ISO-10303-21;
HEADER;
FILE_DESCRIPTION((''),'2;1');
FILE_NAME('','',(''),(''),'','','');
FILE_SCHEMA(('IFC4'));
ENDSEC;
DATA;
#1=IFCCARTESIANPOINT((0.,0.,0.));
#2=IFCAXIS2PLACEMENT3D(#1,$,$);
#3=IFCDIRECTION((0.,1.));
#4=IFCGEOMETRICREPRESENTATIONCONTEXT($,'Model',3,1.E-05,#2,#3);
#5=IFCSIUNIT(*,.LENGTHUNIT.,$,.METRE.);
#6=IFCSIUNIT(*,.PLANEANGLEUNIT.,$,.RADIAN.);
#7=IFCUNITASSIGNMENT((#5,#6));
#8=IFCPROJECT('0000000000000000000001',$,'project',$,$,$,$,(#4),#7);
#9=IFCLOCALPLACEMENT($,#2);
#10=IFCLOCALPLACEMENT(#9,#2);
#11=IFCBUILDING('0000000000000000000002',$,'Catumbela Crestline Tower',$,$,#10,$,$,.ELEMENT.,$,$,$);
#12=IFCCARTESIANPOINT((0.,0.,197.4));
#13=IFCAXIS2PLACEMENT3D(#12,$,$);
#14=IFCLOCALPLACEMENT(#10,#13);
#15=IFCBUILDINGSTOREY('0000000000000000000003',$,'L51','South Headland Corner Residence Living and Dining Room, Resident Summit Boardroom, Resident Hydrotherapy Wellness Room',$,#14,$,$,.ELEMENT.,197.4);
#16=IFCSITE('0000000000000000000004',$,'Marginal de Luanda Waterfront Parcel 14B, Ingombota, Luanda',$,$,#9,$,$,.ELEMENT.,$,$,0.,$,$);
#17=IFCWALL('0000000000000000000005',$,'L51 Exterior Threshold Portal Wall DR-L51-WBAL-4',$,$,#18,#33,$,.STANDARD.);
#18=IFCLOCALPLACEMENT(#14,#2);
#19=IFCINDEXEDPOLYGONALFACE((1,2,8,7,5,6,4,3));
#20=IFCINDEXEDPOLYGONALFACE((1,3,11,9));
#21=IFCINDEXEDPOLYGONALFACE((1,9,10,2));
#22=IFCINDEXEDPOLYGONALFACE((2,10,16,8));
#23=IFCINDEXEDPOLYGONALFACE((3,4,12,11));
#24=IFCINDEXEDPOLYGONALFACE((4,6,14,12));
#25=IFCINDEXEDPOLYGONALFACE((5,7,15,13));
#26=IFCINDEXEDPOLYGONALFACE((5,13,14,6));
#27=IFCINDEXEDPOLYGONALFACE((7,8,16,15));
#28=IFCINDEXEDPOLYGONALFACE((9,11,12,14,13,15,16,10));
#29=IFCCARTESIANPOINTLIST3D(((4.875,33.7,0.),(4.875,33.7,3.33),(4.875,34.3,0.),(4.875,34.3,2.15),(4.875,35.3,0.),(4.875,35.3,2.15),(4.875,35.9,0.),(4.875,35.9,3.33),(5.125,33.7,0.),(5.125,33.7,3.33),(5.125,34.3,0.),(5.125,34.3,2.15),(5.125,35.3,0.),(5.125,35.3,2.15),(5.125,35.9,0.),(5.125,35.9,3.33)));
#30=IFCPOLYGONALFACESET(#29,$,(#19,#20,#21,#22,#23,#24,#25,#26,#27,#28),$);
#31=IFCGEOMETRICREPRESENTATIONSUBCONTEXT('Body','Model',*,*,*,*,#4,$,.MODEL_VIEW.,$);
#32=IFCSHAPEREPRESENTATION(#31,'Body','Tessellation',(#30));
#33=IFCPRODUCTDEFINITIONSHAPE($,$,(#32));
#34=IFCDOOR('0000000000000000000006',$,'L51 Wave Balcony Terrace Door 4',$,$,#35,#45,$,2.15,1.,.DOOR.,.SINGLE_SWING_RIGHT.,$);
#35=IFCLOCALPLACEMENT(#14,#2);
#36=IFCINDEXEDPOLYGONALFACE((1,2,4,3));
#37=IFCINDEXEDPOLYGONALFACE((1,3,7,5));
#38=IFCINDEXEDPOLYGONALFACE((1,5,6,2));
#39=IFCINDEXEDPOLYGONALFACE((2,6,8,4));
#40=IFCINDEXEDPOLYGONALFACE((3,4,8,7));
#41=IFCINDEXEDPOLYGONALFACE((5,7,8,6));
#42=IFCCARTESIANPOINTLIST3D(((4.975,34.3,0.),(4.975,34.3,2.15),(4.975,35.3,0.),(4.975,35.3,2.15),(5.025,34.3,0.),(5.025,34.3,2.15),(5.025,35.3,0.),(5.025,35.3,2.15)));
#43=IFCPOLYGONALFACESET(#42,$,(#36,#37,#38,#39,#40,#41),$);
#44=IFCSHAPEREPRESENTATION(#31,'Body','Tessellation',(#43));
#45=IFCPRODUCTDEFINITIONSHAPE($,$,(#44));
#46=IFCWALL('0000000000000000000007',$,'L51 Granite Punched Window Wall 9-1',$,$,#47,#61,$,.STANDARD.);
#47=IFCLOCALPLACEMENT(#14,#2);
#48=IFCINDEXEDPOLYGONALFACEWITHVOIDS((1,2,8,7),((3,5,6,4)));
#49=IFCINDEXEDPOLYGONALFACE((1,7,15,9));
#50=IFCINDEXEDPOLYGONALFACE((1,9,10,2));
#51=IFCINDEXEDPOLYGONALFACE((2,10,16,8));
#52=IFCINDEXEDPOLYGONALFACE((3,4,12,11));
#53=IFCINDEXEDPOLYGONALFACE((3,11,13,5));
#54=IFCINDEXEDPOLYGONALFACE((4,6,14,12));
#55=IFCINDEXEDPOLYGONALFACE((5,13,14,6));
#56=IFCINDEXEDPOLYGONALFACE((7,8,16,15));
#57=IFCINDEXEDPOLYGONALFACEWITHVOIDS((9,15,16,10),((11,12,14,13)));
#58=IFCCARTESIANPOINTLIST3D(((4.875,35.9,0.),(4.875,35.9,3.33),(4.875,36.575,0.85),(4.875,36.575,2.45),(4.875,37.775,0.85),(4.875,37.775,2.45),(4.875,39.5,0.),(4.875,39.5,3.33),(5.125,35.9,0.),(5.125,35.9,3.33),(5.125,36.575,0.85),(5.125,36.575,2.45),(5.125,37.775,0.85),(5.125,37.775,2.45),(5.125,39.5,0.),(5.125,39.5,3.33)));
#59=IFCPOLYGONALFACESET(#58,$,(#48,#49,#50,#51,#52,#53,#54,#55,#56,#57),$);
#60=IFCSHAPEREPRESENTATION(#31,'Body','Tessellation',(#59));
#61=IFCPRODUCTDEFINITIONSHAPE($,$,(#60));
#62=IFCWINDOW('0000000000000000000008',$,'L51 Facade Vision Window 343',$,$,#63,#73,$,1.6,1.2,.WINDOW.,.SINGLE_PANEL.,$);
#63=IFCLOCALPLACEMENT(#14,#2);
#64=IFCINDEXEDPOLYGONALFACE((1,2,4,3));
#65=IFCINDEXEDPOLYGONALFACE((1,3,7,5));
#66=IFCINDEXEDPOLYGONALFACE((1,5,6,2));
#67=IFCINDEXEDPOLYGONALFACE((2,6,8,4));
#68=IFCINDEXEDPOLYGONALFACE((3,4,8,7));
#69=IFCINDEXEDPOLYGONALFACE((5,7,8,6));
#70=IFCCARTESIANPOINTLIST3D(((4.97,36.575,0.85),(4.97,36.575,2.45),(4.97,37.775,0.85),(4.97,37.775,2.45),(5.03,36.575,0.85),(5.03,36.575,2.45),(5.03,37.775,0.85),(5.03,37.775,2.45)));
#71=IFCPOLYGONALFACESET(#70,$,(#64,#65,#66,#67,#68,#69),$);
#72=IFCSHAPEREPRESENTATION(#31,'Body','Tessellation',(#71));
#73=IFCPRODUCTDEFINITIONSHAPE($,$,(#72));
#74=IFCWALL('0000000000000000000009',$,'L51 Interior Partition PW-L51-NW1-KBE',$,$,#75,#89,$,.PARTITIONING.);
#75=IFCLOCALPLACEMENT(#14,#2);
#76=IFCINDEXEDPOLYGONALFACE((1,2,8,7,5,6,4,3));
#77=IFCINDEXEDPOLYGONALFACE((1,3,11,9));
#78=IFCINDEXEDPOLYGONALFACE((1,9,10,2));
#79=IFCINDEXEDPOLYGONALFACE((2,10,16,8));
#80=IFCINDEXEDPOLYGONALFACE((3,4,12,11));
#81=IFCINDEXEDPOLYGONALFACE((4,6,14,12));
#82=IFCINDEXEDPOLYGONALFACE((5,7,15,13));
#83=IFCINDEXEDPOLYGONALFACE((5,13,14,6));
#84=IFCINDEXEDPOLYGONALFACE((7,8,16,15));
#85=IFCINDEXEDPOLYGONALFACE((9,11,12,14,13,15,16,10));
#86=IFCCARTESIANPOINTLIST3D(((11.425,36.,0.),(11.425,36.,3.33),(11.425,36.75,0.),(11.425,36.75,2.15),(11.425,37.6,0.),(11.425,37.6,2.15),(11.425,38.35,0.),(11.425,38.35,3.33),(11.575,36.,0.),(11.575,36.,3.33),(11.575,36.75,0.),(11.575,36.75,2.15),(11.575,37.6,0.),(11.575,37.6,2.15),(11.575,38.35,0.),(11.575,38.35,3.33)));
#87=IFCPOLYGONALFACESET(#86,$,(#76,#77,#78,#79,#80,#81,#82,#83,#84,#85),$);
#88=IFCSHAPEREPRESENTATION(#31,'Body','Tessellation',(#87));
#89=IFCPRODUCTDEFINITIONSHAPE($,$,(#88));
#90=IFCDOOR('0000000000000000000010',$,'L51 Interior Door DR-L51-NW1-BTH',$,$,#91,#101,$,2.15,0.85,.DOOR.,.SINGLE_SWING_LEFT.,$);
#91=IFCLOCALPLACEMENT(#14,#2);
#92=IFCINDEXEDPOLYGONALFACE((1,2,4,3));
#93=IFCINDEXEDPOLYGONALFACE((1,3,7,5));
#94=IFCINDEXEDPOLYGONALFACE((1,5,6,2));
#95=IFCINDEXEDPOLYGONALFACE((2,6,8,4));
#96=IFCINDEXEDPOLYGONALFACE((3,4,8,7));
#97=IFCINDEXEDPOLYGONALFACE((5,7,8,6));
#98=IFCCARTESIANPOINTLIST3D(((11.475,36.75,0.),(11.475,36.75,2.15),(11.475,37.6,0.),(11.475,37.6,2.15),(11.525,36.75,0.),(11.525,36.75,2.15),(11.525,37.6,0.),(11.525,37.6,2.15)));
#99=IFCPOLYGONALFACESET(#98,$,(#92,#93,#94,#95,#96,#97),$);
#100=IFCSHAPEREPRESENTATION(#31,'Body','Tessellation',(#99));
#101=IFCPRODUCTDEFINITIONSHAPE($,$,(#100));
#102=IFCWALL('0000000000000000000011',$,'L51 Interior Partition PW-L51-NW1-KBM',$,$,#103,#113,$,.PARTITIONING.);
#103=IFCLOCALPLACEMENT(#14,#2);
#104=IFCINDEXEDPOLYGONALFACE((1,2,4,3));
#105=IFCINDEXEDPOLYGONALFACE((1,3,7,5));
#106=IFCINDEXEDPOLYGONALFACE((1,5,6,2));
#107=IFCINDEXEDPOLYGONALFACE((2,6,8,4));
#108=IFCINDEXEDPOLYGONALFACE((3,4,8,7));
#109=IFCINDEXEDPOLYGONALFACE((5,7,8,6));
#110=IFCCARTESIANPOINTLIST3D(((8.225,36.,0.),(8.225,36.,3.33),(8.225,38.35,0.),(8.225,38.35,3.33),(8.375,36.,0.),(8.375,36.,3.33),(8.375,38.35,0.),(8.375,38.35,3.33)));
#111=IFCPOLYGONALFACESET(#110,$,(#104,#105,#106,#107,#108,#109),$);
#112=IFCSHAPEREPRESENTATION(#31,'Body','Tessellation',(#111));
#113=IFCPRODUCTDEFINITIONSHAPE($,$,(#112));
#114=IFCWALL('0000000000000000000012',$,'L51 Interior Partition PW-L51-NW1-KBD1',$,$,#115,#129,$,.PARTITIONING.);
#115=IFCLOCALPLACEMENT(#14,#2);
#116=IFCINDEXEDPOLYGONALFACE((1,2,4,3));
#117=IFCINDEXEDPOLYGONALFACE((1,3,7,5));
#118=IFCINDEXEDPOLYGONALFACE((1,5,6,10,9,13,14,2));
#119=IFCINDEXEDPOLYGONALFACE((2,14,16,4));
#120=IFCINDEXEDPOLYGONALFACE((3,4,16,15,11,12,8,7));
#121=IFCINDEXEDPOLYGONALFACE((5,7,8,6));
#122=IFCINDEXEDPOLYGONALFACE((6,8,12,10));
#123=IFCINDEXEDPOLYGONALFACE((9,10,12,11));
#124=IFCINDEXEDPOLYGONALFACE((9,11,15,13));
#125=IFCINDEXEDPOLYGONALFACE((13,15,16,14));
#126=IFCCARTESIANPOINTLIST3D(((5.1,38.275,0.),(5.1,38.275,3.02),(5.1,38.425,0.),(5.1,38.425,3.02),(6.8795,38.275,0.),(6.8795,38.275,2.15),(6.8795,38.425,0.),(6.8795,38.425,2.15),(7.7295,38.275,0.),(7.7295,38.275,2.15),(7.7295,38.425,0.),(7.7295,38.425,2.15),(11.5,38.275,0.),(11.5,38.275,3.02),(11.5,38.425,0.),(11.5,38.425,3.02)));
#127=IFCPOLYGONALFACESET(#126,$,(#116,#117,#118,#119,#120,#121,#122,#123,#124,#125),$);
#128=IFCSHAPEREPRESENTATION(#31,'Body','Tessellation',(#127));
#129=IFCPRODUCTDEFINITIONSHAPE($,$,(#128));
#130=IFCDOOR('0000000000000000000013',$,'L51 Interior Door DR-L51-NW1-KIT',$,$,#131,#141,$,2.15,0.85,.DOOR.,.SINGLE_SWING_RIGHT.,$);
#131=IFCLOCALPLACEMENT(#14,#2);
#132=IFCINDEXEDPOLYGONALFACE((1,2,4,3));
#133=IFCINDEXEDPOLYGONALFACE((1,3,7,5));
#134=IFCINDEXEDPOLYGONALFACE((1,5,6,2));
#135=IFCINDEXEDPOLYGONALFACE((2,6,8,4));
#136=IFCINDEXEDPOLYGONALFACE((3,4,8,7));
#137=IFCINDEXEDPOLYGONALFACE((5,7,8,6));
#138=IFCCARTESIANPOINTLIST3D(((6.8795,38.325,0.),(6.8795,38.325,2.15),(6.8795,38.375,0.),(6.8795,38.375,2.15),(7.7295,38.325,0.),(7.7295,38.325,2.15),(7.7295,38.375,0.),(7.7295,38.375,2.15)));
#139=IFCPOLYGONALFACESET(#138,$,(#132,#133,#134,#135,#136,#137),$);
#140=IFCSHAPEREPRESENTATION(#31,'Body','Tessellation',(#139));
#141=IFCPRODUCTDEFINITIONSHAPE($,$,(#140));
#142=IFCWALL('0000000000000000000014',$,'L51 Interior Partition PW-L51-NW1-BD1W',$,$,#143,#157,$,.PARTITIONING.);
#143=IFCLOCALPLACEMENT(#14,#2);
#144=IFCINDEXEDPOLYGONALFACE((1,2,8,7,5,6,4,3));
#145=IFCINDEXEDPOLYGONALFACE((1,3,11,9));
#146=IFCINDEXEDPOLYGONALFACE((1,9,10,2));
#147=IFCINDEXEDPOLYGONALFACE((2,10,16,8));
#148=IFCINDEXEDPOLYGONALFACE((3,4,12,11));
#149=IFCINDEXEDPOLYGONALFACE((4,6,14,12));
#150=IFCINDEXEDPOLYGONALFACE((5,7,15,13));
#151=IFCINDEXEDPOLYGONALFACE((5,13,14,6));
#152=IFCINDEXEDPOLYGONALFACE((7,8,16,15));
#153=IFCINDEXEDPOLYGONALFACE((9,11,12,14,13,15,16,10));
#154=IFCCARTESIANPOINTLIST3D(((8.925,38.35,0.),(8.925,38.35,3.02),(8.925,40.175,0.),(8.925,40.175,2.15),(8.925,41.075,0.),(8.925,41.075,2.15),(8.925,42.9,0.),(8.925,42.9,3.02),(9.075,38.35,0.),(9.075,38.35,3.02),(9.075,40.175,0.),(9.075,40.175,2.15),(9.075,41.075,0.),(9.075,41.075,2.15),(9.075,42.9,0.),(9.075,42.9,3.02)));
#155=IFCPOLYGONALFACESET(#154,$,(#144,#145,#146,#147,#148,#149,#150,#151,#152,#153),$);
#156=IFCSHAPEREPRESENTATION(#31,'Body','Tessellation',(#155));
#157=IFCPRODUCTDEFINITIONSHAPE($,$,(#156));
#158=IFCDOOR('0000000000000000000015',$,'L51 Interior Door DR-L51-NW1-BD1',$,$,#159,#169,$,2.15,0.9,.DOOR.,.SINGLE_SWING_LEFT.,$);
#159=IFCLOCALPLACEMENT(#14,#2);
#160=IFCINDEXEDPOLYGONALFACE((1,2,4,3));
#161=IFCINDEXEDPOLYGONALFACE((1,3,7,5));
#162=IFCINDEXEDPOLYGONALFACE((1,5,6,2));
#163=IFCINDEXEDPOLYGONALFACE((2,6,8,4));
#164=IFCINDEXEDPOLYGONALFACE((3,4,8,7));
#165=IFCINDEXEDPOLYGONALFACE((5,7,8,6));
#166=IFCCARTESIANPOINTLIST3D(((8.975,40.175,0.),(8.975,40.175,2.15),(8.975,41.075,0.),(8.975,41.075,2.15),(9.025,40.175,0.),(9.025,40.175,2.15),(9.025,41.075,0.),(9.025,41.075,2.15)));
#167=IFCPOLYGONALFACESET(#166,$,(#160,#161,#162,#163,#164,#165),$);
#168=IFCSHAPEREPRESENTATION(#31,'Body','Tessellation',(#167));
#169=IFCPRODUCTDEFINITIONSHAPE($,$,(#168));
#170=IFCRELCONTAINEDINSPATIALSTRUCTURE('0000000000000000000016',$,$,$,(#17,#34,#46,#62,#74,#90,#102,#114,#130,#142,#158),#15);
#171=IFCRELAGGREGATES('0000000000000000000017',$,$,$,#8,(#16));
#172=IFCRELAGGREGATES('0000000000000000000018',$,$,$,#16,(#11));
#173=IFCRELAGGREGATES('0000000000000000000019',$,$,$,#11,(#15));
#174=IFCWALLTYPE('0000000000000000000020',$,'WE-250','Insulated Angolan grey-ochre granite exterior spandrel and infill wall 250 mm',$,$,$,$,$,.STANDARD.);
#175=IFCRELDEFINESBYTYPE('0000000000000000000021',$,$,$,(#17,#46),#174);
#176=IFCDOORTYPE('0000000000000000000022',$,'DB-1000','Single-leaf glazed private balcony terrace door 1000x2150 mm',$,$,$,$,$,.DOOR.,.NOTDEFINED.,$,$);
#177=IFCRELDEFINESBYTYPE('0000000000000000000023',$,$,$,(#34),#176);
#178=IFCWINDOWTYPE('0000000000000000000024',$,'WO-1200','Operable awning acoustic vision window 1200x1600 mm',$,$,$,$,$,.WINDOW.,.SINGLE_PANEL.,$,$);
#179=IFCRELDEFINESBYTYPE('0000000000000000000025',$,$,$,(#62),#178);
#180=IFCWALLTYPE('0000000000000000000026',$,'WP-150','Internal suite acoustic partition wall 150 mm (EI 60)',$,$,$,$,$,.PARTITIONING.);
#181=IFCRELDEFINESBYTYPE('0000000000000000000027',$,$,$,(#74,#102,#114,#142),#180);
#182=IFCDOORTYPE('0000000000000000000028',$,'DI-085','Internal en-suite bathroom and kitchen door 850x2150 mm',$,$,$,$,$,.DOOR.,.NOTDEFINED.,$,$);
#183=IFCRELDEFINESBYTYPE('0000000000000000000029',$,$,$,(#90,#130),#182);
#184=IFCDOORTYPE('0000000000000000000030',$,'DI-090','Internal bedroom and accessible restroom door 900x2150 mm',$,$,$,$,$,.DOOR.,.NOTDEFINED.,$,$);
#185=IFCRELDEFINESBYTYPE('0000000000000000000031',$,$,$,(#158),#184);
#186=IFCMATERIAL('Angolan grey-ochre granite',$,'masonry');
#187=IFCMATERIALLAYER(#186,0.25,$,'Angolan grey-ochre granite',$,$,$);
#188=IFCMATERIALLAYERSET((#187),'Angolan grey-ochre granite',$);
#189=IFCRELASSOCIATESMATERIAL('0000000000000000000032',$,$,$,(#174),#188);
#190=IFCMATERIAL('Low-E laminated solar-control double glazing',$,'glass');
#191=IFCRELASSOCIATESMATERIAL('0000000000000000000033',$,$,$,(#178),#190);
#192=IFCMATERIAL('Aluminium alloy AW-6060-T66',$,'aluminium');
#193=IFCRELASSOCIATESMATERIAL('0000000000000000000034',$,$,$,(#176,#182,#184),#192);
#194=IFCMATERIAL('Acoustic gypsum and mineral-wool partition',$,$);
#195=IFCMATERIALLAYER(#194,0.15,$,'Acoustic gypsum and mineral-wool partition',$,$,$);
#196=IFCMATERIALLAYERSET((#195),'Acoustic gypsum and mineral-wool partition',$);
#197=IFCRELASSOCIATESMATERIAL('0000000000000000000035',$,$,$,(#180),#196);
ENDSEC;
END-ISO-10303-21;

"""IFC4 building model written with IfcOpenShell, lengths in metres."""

from ifc_helpers import new_model, si_unit, direction, frame, frame_2d, origin, place, context, subcontext, project, spatial, rectangle, extrude, material, layer, layer_set, type_object, element, fill, save


model = new_model("IFC4")

# Units and contexts
model_context = context("Model", 3, precision=1e-05, world=origin(), true_north=direction((0.0, 1.0)))
body_context = subcontext(model_context, "Body", "Model", "MODEL_VIEW")
ifc_project = project(units=[si_unit("LENGTHUNIT", "METRE"), si_unit("PLANEANGLEUNIT", "RADIAN")], contexts=[model_context])

# Site, building, storey
site_placement = place(None, origin())
site = spatial("IfcSite", under=ifc_project, at=site_placement, Name="Marginal de Luanda Waterfront Parcel 14B, Ingombota, Luanda", CompositionType="ELEMENT", RefElevation=0.0)
building_placement = place(site_placement, origin())
building = spatial("IfcBuilding", under=site, at=building_placement, Name="Catumbela Crestline Tower", CompositionType="ELEMENT")
storey_placement = place(building_placement, frame((0.0, 0.0, 197.4)))
storey = spatial("IfcBuildingStorey", under=building, at=storey_placement, Name="L51", Description="South Headland Corner Residence Living and Dining Room, Resident Summit Boardroom, Resident Hydrotherapy Wellness Room", CompositionType="ELEMENT", Elevation=197.4)

# Shared definitions
ifc_material_1 = material(Name="Aluminium alloy AW-6060-T66", Category="aluminium")

# Shared definitions
ifc_material_2 = material(Name="Low-E laminated solar-control double glazing", Category="glass")

# Shared definitions
ifc_material_3 = material(Name="Acoustic gypsum and mineral-wool partition")

# Shared definitions
ifc_material_4 = material(Name="Angolan grey-ochre granite", Category="masonry")
ifc_layer_1 = layer(ifc_material_4, 0.25, Name="Angolan grey-ochre granite")
ifc_layer_set_1 = layer_set([ifc_layer_1], Name="Angolan grey-ochre granite")
wall_type_1 = type_object("IfcWallType", Name="WE-250", Description="Insulated Angolan grey-ochre granite exterior spandrel and infill wall 250 mm", PredefinedType="STANDARD", material=ifc_layer_set_1)
window_type = type_object("IfcWindowType", Name="WO-1200", Description="Operable awning acoustic vision window 1200x1600 mm", PartitioningType="SINGLE_PANEL", PredefinedType="WINDOW", material=ifc_material_2)

# Wall, opening, door
wall_1_placement = place(storey_placement, frame((5.0, 35.9, 0.0), z_axis=(0.0, 0.0, 1.0), x_axis=(0.0, -1.0, 0.0)))
wall_1 = element("IfcWall", 1, at=wall_1_placement, inside=storey, type_object=wall_type_1, Name="L51 Exterior Threshold Portal Wall DR-L51-WBAL-4", PredefinedType="STANDARD", context=body_context, shape_type="SweptSolid", body=[
    extrude(rectangle(XDim=2.2, YDim=0.25, at=frame_2d((1.1, 0.0))), origin(), (0.0, 0.0, 1.0), 3.33),
])
opening_1_placement = place(wall_1_placement, frame((0.6, 0.0, 0.0)))
opening_1 = element("IfcOpeningElement", 2, at=opening_1_placement, cuts=wall_1, PredefinedType="OPENING", context=body_context, shape_type="SweptSolid", body=[
    extrude(rectangle(XDim=1.0, YDim=2.15, at=frame_2d((0.5, 1.075))), frame((0.0, 0.135, 0.0), z_axis=(0.0, -1.0, 0.0), x_axis=(1.0, 0.0, 0.0)), (0.0, 0.0, 1.0), 0.27),
])
door_type_1 = type_object("IfcDoorType", Name="DB-1000", Description="Single-leaf glazed private balcony terrace door 1000x2150 mm", OperationType="NOTDEFINED", PredefinedType="DOOR", material=ifc_material_1)
door_1_placement = place(opening_1_placement, origin())
door_1 = element("IfcDoor", 3, at=door_1_placement, inside=storey, type_object=door_type_1, Name="L51 Wave Balcony Terrace Door 4", OperationType="SINGLE_SWING_RIGHT", OverallHeight=2.15, OverallWidth=1.0, PredefinedType="DOOR", context=body_context, shape_type="SweptSolid", body=[
    extrude(rectangle(XDim=1.0, YDim=2.15, at=frame_2d((0.5, 1.075))), frame((0.0, 0.025, 0.0), z_axis=(0.0, -1.0, 0.0), x_axis=(1.0, 0.0, 0.0)), (0.0, 0.0, 1.0), 0.05),
])
fill(opening_1, door_1)

# Wall, opening, window
wall_2_placement = place(storey_placement, frame((5.0, 39.5, 0.0), z_axis=(0.0, 0.0, 1.0), x_axis=(0.0, -1.0, 0.0)))
wall_2 = element("IfcWall", 4, at=wall_2_placement, inside=storey, type_object=wall_type_1, Name="L51 Granite Punched Window Wall 9-1", PredefinedType="STANDARD", context=body_context, shape_type="SweptSolid", body=[
    extrude(rectangle(XDim=3.6, YDim=0.25, at=frame_2d((1.8, 0.0))), origin(), (0.0, 0.0, 1.0), 3.33),
])
opening_2_placement = place(wall_2_placement, frame((1.725, 0.0, 0.85)))
opening_2 = element("IfcOpeningElement", 5, at=opening_2_placement, cuts=wall_2, PredefinedType="OPENING", context=body_context, shape_type="SweptSolid", body=[
    extrude(rectangle(XDim=1.2, YDim=1.6, at=frame_2d((0.6, 0.8))), frame((0.0, 0.135, 0.0), z_axis=(0.0, -1.0, 0.0), x_axis=(1.0, 0.0, 0.0)), (0.0, 0.0, 1.0), 0.27),
])
window_1_placement = place(opening_2_placement, origin())
window_1 = element("IfcWindow", 6, at=window_1_placement, inside=storey, type_object=window_type, Name="L51 Facade Vision Window 343", OverallHeight=1.6, OverallWidth=1.2, PartitioningType="SINGLE_PANEL", PredefinedType="WINDOW", context=body_context, shape_type="SweptSolid", body=[
    extrude(rectangle(XDim=1.2, YDim=1.6, at=frame_2d((0.6, 0.8))), frame((0.0, 0.03, 0.0), z_axis=(0.0, -1.0, 0.0), x_axis=(1.0, 0.0, 0.0)), (0.0, 0.0, 1.0), 0.06),
])
fill(opening_2, window_1)

# Wall, opening, door
ifc_layer_2 = layer(ifc_material_3, 0.15, Name="Acoustic gypsum and mineral-wool partition")
ifc_layer_set_2 = layer_set([ifc_layer_2], Name="Acoustic gypsum and mineral-wool partition")
wall_type_2 = type_object("IfcWallType", Name="WP-150", Description="Internal suite acoustic partition wall 150 mm (EI 60)", PredefinedType="PARTITIONING", material=ifc_layer_set_2)
wall_3_placement = place(storey_placement, frame((11.5, 36.0, 0.0), z_axis=(0.0, 0.0, 1.0), x_axis=(0.0, 1.0, 0.0)))
wall_3 = element("IfcWall", 7, at=wall_3_placement, inside=storey, type_object=wall_type_2, Name="L51 Interior Partition PW-L51-NW1-KBE", PredefinedType="PARTITIONING", context=body_context, shape_type="SweptSolid", body=[
    extrude(rectangle(XDim=2.35, YDim=0.15, at=frame_2d((1.175, 0.0))), origin(), (0.0, 0.0, 1.0), 3.33),
])
opening_3_placement = place(wall_3_placement, frame((0.75, 0.0, 0.0)))
opening_3 = element("IfcOpeningElement", 8, at=opening_3_placement, cuts=wall_3, PredefinedType="OPENING", context=body_context, shape_type="SweptSolid", body=[
    extrude(rectangle(XDim=0.85, YDim=2.15, at=frame_2d((0.425, 1.075))), frame((0.0, 0.085, 0.0), z_axis=(0.0, -1.0, 0.0), x_axis=(1.0, 0.0, 0.0)), (0.0, 0.0, 1.0), 0.17),
])
door_type_2 = type_object("IfcDoorType", Name="DI-085", Description="Internal en-suite bathroom and kitchen door 850x2150 mm", OperationType="NOTDEFINED", PredefinedType="DOOR", material=ifc_material_1)
door_2_placement = place(opening_3_placement, origin())
door_2 = element("IfcDoor", 9, at=door_2_placement, inside=storey, type_object=door_type_2, Name="L51 Interior Door DR-L51-NW1-BTH", OperationType="SINGLE_SWING_LEFT", OverallHeight=2.15, OverallWidth=0.85, PredefinedType="DOOR", context=body_context, shape_type="SweptSolid", body=[
    extrude(rectangle(XDim=0.85, YDim=2.15, at=frame_2d((0.425, 1.075))), frame((0.0, 0.025, 0.0), z_axis=(0.0, -1.0, 0.0), x_axis=(1.0, 0.0, 0.0)), (0.0, 0.0, 1.0), 0.05),
])
fill(opening_3, door_2)

# Wall
wall_4_placement = place(storey_placement, frame((8.3, 36.0, 0.0), z_axis=(0.0, 0.0, 1.0), x_axis=(0.0, 1.0, 0.0)))
element("IfcWall", 10, at=wall_4_placement, inside=storey, type_object=wall_type_2, Name="L51 Interior Partition PW-L51-NW1-KBM", PredefinedType="PARTITIONING", context=body_context, shape_type="SweptSolid", body=[
    extrude(rectangle(XDim=2.35, YDim=0.15, at=frame_2d((1.175, 0.0))), origin(), (0.0, 0.0, 1.0), 3.33),
])

# Walls, openings, doors
wall_5_placement = place(storey_placement, frame((5.1, 38.35, 0.0), z_axis=(0.0, 0.0, 1.0), x_axis=(1.0, 0.0, 0.0)))
wall_5 = element("IfcWall", 11, at=wall_5_placement, inside=storey, type_object=wall_type_2, Name="L51 Interior Partition PW-L51-NW1-KBD1", PredefinedType="PARTITIONING", context=body_context, shape_type="SweptSolid", body=[
    extrude(rectangle(XDim=6.4, YDim=0.15, at=frame_2d((3.2, 0.0))), origin(), (0.0, 0.0, 1.0), 3.02),
])
opening_4_placement = place(wall_5_placement, frame((1.7795, 0.0, 0.0)))
opening_4 = element("IfcOpeningElement", 12, at=opening_4_placement, cuts=wall_5, PredefinedType="OPENING", context=body_context, shape_type="SweptSolid", body=[
    extrude(rectangle(XDim=0.85, YDim=2.15, at=frame_2d((0.425, 1.075))), frame((0.0, 0.085, 0.0), z_axis=(0.0, -1.0, 0.0), x_axis=(1.0, 0.0, 0.0)), (0.0, 0.0, 1.0), 0.17),
])
door_3_placement = place(opening_4_placement, origin())
door_3 = element("IfcDoor", 13, at=door_3_placement, inside=storey, type_object=door_type_2, Name="L51 Interior Door DR-L51-NW1-KIT", OperationType="SINGLE_SWING_RIGHT", OverallHeight=2.15, OverallWidth=0.85, PredefinedType="DOOR", context=body_context, shape_type="SweptSolid", body=[
    extrude(rectangle(XDim=0.85, YDim=2.15, at=frame_2d((0.425, 1.075))), frame((0.0, 0.025, 0.0), z_axis=(0.0, -1.0, 0.0), x_axis=(1.0, 0.0, 0.0)), (0.0, 0.0, 1.0), 0.05),
])
fill(opening_4, door_3)
wall_6_placement = place(storey_placement, frame((9.0, 38.35, 0.0), z_axis=(0.0, 0.0, 1.0), x_axis=(0.0, 1.0, 0.0)))
wall_6 = element("IfcWall", 14, at=wall_6_placement, inside=storey, type_object=wall_type_2, Name="L51 Interior Partition PW-L51-NW1-BD1W", PredefinedType="PARTITIONING", context=body_context, shape_type="SweptSolid", body=[
    extrude(rectangle(XDim=4.55, YDim=0.15, at=frame_2d((2.275, 0.0))), origin(), (0.0, 0.0, 1.0), 3.02),
])
opening_5_placement = place(wall_6_placement, frame((1.825, 0.0, 0.0)))
opening_5 = element("IfcOpeningElement", 15, at=opening_5_placement, cuts=wall_6, PredefinedType="OPENING", context=body_context, shape_type="SweptSolid", body=[
    extrude(rectangle(XDim=0.9, YDim=2.15, at=frame_2d((0.45, 1.075))), frame((0.0, 0.085, 0.0), z_axis=(0.0, -1.0, 0.0), x_axis=(1.0, 0.0, 0.0)), (0.0, 0.0, 1.0), 0.17),
])
door_type_3 = type_object("IfcDoorType", Name="DI-090", Description="Internal bedroom and accessible restroom door 900x2150 mm", OperationType="NOTDEFINED", PredefinedType="DOOR", material=ifc_material_1)
door_4_placement = place(opening_5_placement, origin())
door_4 = element("IfcDoor", 16, at=door_4_placement, inside=storey, type_object=door_type_3, Name="L51 Interior Door DR-L51-NW1-BD1", OperationType="SINGLE_SWING_LEFT", OverallHeight=2.15, OverallWidth=0.9, PredefinedType="DOOR", context=body_context, shape_type="SweptSolid", body=[
    extrude(rectangle(XDim=0.9, YDim=2.15, at=frame_2d((0.45, 1.075))), frame((0.0, 0.025, 0.0), z_axis=(0.0, -1.0, 0.0), x_axis=(1.0, 0.0, 0.0)), (0.0, 0.0, 1.0), 0.05),
])
fill(opening_5, door_4)

save(model, "model.ifc")
